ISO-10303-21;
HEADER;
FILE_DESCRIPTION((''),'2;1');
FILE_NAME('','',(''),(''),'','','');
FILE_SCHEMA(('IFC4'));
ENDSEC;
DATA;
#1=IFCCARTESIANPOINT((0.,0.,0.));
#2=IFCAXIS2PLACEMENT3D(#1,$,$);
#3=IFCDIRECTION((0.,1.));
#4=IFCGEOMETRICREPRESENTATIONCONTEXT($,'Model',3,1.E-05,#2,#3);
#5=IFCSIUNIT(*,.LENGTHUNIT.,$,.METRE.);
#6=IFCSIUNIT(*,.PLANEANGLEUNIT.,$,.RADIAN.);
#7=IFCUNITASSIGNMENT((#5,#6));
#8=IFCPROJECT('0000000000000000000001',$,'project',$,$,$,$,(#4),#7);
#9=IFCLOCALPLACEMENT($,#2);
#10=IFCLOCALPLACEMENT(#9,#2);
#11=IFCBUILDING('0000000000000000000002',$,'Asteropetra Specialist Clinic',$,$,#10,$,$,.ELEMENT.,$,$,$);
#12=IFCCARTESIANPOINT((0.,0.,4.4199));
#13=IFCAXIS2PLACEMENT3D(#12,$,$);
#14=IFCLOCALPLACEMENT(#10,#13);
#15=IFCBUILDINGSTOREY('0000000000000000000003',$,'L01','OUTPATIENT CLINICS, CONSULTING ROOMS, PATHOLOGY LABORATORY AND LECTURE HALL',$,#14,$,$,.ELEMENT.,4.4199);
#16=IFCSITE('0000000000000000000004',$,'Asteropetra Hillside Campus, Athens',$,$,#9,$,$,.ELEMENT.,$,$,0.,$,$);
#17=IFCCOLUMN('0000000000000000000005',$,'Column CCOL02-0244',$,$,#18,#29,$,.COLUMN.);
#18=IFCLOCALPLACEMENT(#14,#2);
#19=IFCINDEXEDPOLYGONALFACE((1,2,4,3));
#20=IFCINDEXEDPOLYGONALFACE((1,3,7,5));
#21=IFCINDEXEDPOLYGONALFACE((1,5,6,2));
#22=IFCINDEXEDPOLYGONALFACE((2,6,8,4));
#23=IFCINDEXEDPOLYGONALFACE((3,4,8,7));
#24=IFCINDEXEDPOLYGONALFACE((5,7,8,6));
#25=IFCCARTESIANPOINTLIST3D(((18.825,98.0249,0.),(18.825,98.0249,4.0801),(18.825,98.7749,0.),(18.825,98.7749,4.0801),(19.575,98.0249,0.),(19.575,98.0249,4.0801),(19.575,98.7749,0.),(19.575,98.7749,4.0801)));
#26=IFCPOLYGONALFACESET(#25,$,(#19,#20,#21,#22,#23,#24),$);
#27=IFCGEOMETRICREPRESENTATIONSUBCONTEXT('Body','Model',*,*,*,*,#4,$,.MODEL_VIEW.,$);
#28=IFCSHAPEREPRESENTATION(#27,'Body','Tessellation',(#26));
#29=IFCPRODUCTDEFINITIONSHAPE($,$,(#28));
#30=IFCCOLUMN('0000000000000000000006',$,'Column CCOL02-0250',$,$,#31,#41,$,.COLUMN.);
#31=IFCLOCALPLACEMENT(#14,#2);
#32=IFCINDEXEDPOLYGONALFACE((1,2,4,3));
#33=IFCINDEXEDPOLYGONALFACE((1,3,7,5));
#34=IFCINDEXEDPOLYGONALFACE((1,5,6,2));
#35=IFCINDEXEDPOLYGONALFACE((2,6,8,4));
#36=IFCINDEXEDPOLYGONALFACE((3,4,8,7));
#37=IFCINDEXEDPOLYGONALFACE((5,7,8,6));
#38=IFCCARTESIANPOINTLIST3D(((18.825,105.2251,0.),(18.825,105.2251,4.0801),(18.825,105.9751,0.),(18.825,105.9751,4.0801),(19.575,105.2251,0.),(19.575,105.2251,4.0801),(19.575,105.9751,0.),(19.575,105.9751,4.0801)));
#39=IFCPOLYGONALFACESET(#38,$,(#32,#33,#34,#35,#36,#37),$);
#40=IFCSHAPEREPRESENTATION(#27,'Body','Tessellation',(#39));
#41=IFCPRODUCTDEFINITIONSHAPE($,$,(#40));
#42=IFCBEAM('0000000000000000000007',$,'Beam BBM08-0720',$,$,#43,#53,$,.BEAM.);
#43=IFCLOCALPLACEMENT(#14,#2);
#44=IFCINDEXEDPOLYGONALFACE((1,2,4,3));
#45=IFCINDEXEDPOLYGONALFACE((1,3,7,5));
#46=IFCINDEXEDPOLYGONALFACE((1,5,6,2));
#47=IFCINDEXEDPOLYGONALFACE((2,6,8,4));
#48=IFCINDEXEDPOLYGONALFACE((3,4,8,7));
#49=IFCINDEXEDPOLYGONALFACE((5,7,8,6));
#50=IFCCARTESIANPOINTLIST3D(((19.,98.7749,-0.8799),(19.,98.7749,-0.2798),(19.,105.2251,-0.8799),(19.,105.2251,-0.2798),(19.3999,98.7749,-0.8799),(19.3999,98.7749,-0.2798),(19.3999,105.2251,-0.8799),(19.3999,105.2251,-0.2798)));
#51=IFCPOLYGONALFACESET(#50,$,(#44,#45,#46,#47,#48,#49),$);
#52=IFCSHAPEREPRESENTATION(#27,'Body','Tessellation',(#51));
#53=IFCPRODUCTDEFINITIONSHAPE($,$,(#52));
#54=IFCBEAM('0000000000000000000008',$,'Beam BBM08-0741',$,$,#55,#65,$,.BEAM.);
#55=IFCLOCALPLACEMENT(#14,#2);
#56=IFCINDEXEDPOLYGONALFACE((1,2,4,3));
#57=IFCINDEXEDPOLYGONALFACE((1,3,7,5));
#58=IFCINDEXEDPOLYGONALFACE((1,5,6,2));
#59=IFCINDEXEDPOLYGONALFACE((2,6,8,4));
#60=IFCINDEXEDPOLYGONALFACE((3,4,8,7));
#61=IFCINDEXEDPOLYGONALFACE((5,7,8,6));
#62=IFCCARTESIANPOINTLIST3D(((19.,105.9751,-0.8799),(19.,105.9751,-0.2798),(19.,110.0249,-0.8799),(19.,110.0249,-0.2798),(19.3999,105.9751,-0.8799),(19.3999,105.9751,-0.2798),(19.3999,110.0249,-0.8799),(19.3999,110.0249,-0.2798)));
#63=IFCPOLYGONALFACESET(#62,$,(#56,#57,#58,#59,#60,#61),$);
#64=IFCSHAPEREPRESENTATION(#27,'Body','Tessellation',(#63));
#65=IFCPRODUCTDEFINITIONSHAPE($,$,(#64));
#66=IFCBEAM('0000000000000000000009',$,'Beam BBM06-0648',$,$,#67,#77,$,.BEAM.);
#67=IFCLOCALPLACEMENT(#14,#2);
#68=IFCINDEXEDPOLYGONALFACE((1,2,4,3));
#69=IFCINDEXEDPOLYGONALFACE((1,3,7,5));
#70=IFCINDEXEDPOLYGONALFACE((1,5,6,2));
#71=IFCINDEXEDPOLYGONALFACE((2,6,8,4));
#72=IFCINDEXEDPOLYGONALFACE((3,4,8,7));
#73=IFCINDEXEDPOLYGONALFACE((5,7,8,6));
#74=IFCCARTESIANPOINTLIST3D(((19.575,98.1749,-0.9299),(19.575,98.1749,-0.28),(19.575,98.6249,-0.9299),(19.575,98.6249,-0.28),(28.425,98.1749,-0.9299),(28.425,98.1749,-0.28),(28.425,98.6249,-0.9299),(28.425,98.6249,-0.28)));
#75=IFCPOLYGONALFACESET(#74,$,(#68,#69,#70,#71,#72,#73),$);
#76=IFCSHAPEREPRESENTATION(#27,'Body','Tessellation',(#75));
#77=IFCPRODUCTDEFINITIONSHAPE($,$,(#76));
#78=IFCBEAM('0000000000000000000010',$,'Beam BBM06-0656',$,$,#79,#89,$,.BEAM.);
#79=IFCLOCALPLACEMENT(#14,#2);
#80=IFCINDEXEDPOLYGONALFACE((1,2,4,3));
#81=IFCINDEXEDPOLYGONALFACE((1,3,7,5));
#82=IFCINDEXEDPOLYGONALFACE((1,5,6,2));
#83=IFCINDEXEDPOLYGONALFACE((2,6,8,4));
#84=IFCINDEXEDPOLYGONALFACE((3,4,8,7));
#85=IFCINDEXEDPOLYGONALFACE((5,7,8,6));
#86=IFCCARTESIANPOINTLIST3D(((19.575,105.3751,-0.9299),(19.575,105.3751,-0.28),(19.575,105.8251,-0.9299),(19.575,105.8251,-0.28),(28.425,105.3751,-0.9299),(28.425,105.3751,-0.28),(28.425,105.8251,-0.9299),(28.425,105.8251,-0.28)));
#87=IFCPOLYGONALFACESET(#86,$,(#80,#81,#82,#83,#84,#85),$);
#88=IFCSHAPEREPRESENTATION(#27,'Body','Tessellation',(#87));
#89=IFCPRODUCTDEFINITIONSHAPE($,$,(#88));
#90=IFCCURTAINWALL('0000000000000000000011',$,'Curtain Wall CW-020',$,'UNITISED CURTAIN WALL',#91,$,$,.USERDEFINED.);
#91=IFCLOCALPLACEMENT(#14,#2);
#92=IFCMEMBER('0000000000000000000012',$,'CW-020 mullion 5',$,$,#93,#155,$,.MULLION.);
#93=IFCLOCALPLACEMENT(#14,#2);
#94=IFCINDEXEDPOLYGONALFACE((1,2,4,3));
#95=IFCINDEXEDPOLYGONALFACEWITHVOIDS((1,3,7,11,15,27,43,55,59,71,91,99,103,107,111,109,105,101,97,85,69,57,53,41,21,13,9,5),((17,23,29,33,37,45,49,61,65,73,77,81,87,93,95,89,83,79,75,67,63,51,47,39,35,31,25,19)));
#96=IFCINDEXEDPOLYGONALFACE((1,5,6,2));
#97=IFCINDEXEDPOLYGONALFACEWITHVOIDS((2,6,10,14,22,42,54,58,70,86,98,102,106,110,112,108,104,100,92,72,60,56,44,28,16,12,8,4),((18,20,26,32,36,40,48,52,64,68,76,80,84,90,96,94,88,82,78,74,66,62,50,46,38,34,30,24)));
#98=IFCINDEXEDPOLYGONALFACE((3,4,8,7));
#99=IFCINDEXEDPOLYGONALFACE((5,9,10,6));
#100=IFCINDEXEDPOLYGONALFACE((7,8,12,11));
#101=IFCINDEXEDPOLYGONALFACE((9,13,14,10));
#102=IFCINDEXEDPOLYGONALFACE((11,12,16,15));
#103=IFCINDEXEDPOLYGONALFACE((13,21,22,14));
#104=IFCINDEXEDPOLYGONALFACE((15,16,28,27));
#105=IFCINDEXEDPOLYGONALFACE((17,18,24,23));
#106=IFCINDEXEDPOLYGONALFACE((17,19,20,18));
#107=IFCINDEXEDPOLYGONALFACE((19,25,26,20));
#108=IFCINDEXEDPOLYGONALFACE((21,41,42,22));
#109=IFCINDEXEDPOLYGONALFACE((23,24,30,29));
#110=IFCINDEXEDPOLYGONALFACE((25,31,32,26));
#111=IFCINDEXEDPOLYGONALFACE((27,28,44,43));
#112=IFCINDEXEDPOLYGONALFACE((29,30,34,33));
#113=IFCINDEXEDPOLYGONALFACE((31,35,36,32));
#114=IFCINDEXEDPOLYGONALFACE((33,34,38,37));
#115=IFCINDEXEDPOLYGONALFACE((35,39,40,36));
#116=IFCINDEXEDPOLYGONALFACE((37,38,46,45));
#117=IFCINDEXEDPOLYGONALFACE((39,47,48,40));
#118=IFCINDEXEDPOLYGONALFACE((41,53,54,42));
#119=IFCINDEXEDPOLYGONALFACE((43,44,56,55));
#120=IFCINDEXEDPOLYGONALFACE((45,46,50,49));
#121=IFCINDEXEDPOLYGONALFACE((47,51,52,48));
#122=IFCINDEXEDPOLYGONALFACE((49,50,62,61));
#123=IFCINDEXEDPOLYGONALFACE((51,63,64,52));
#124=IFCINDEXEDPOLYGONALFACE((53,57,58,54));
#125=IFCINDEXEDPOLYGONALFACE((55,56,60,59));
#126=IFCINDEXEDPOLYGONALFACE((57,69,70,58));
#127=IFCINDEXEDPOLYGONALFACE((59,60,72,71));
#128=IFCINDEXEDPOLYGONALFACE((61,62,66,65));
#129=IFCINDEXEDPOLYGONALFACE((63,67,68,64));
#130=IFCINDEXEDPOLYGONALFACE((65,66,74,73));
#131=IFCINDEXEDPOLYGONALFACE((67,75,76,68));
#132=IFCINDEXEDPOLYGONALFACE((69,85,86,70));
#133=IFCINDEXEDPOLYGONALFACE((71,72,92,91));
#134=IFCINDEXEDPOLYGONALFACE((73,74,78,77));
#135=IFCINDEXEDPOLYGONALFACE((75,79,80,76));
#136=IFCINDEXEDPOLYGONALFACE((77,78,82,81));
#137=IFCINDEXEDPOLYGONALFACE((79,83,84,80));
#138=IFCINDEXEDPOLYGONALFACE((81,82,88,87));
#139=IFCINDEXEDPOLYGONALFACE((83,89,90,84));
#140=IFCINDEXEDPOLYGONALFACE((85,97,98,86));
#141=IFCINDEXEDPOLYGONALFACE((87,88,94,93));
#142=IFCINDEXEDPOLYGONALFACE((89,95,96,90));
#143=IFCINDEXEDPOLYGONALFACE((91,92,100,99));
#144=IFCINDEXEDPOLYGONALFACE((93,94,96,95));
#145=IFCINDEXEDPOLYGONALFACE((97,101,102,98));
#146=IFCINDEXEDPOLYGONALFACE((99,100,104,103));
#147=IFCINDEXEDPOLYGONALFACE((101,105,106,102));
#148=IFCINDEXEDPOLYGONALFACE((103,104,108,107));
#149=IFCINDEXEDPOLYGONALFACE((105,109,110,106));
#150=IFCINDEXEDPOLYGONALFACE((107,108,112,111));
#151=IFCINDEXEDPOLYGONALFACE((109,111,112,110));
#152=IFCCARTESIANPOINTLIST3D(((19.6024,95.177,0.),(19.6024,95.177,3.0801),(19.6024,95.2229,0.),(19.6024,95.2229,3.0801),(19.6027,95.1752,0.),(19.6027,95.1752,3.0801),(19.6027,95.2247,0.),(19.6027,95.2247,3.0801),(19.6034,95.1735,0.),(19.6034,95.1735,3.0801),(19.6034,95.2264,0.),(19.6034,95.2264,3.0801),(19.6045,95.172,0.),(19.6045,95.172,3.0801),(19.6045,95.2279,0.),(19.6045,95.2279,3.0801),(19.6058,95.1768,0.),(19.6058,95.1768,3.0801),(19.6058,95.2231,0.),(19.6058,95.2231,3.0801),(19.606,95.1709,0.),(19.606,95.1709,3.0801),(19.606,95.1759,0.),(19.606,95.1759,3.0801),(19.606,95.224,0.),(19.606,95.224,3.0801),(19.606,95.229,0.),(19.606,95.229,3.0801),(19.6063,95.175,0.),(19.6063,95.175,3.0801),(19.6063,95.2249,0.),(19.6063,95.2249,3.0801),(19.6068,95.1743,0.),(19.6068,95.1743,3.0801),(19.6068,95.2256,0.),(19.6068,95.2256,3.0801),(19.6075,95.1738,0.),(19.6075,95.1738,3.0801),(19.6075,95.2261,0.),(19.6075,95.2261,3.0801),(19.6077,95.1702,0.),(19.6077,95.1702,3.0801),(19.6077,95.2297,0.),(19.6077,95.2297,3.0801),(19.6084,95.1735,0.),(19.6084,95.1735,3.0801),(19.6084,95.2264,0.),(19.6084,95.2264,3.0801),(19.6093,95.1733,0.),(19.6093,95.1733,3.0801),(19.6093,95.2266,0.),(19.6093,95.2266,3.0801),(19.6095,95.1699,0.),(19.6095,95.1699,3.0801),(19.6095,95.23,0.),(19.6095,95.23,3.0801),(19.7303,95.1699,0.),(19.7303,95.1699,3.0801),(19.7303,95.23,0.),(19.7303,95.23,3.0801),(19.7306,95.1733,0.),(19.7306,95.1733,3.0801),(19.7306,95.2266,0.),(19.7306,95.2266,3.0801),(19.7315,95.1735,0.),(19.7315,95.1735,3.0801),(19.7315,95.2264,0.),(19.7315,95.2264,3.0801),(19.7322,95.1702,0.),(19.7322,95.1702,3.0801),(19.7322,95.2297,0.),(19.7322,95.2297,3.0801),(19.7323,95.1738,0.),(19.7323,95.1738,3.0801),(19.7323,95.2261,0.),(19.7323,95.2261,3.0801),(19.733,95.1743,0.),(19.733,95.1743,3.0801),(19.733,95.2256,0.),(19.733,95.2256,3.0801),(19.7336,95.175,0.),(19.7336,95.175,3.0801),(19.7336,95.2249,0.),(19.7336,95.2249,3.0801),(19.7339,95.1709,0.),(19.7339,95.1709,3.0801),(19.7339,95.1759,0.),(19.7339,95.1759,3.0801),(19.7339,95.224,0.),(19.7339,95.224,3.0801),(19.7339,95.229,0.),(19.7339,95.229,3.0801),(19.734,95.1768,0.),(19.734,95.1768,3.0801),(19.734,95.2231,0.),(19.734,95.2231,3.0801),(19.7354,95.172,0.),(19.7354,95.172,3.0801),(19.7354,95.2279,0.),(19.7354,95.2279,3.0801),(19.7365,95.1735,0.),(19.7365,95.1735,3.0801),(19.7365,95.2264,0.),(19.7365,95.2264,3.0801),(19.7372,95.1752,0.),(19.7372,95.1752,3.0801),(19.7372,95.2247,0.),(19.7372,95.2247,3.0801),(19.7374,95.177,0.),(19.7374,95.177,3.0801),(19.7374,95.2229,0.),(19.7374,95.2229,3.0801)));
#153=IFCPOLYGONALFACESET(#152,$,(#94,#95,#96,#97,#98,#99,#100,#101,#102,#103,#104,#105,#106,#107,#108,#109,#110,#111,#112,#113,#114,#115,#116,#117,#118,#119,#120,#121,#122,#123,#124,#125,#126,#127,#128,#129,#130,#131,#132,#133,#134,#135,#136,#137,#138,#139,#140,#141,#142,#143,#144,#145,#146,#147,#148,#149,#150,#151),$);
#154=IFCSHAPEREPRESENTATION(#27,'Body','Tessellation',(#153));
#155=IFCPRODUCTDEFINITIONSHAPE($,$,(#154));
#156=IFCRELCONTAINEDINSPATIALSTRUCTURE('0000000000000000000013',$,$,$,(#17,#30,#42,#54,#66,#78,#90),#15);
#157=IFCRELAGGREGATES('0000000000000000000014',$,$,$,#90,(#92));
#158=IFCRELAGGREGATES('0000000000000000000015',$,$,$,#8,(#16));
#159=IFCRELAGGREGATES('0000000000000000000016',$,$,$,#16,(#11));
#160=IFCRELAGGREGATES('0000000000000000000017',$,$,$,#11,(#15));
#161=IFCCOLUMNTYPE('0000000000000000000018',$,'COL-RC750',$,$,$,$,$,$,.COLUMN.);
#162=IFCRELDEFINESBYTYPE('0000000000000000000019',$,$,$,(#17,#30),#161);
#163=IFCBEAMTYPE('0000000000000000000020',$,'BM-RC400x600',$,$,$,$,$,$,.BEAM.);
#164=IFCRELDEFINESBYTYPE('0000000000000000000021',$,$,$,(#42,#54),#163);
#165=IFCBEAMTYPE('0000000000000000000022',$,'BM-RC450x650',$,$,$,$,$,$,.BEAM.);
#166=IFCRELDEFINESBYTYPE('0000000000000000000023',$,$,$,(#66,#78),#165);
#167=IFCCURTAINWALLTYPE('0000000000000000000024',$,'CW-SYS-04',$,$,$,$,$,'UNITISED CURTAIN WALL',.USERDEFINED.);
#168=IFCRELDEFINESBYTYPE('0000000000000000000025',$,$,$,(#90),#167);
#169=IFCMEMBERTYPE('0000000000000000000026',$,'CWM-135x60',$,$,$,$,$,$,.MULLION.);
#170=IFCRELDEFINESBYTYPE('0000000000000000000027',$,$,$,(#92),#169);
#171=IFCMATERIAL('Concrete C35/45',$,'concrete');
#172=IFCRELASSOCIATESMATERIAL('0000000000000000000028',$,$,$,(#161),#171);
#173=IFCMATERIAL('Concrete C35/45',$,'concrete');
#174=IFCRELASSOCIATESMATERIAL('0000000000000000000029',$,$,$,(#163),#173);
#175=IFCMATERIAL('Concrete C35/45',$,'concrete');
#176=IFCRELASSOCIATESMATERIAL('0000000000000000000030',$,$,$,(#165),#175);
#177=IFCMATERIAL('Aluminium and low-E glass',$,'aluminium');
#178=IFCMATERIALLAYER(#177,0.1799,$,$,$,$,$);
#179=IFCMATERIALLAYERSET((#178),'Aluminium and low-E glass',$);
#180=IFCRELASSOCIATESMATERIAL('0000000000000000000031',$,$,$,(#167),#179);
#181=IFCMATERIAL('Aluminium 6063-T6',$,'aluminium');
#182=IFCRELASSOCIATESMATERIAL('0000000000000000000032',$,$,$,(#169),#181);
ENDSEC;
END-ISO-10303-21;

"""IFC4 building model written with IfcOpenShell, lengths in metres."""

from ifc_helpers import new_model, si_unit, direction, frame, origin, origin_2d, place, context, subcontext, project, spatial, rectangle, hollow_rectangle, extrude, material, layer, layer_set, material_profile, profile_set, type_object, element, aggregate, save


model = new_model("IFC4")

# Units and contexts
model_context = context("Model", 3, precision=1e-05, world=origin(), true_north=direction((0.0, 1.0)))
body_context = subcontext(model_context, "Body", "Model", "MODEL_VIEW")
ifc_project = project(units=[si_unit("LENGTHUNIT", "METRE"), si_unit("PLANEANGLEUNIT", "RADIAN")], contexts=[model_context])

# Site, building, storey
site_placement = place(None, origin())
site = spatial("IfcSite", under=ifc_project, at=site_placement, Name="Asteropetra Hillside Campus, Athens", CompositionType="ELEMENT", RefElevation=0.0)
building_placement = place(site_placement, origin())
building = spatial("IfcBuilding", under=site, at=building_placement, Name="Asteropetra Specialist Clinic", CompositionType="ELEMENT")
storey_placement = place(building_placement, frame((0.0, 0.0, 4.4199)))
storey = spatial("IfcBuildingStorey", under=building, at=storey_placement, Name="L01", Description="OUTPATIENT CLINICS, CONSULTING ROOMS, PATHOLOGY LABORATORY AND LECTURE HALL", CompositionType="ELEMENT", Elevation=4.4199)

# Columns
ifc_material_1 = material(Name="Concrete C35/45", Category="concrete")
ifc_material_profile_1 = material_profile(ifc_material_1, rectangle(XDim=0.75, YDim=0.75, at=origin_2d()), Name="RC 750x750")
ifc_profile_set_1 = profile_set([ifc_material_profile_1], Name="Concrete C35/45")
column_type = type_object("IfcColumnType", Name="COL-RC750", PredefinedType="COLUMN", material=ifc_profile_set_1)
for number, where, z_axis, x_axis, name in (
    (1, (19.2, 98.3999, 0.0), (0.0, 0.0, 1.0), (1.0, 0.0, 0.0), "Column CCOL02-0244"),
    (2, (19.2, 105.6001, 0.0), (0.0, 0.0, 1.0), (1.0, 0.0, 0.0), "Column CCOL02-0250"),
):
    element("IfcColumn", number, at=place(storey_placement, frame(where, z_axis=z_axis, x_axis=x_axis)), inside=storey, type_object=column_type, Name=name, PredefinedType="COLUMN", context=body_context, shape_type="SweptSolid", body=[
        extrude(rectangle(XDim=0.75, YDim=0.75, at=origin_2d()), origin(), (0.0, 0.0, 1.0), 4.0801),
    ])

# Beams
ifc_material_2 = material(Name="Concrete C35/45", Category="concrete")
ifc_material_profile_2 = material_profile(ifc_material_2, rectangle(XDim=0.3999, YDim=0.6001, at=origin_2d()), Name="RCB 400x600")
ifc_profile_set_2 = profile_set([ifc_material_profile_2], Name="Concrete C35/45")
beam_type_1 = type_object("IfcBeamType", Name="BM-RC400x600", PredefinedType="BEAM", material=ifc_profile_set_2)
beam_1_placement = place(storey_placement, frame((19.2, 98.7749, -0.5798), z_axis=(0.0, 1.0, 0.0), x_axis=(-1.0, 0.0, 0.0)))
element("IfcBeam", 3, at=beam_1_placement, inside=storey, type_object=beam_type_1, Name="Beam BBM08-0720", PredefinedType="BEAM", context=body_context, shape_type="SweptSolid", body=[
    extrude(rectangle(XDim=0.3999, YDim=0.6001, at=origin_2d()), origin(), (0.0, 0.0, 1.0), 6.4502),
])
beam_2_placement = place(storey_placement, frame((19.2, 105.9751, -0.5798), z_axis=(0.0, 1.0, 0.0), x_axis=(-1.0, 0.0, 0.0)))
element("IfcBeam", 4, at=beam_2_placement, inside=storey, type_object=beam_type_1, Name="Beam BBM08-0741", PredefinedType="BEAM", context=body_context, shape_type="SweptSolid", body=[
    extrude(rectangle(XDim=0.3999, YDim=0.6001, at=origin_2d()), origin(), (0.0, 0.0, 1.0), 4.0498),
])
ifc_material_3 = material(Name="Concrete C35/45", Category="concrete")
ifc_material_profile_3 = material_profile(ifc_material_3, rectangle(XDim=0.45, YDim=0.6499, at=origin_2d()), Name="RCB 450x650")
ifc_profile_set_3 = profile_set([ifc_material_profile_3], Name="Concrete C35/45")
beam_type_2 = type_object("IfcBeamType", Name="BM-RC450x650", PredefinedType="BEAM", material=ifc_profile_set_3)
for number, where, z_axis, x_axis, name in (
    (5, (19.575, 98.3999, -0.605), (1.0, 0.0, 0.0), (0.0, 1.0, 0.0), "Beam BBM06-0648"),
    (6, (19.575, 105.6001, -0.605), (1.0, 0.0, 0.0), (0.0, 1.0, 0.0), "Beam BBM06-0656"),
):
    element("IfcBeam", number, at=place(storey_placement, frame(where, z_axis=z_axis, x_axis=x_axis)), inside=storey, type_object=beam_type_2, Name=name, PredefinedType="BEAM", context=body_context, shape_type="SweptSolid", body=[
        extrude(rectangle(XDim=0.45, YDim=0.6499, at=origin_2d()), origin(), (0.0, 0.0, 1.0), 8.8501),
    ])

# Curtain wall, member
ifc_material_4 = material(Name="Aluminium and low-E glass", Category="aluminium")
ifc_layer_1 = layer(ifc_material_4, 0.1799)
ifc_layer_set_1 = layer_set([ifc_layer_1], Name="Aluminium and low-E glass")
curtain_wall_type_1 = type_object("IfcCurtainWallType", Name="CW-SYS-04", ElementType="UNITISED CURTAIN WALL", PredefinedType="USERDEFINED", material=ifc_layer_set_1)
curtain_wall_1_placement = place(storey_placement, origin())
curtain_wall_1 = element("IfcCurtainWall", 7, at=curtain_wall_1_placement, inside=storey, type_object=curtain_wall_type_1, Name="Curtain Wall CW-020", ObjectType="UNITISED CURTAIN WALL", PredefinedType="USERDEFINED")
ifc_material_5 = material(Name="Aluminium 6063-T6", Category="aluminium")
ifc_material_profile_4 = material_profile(ifc_material_5, hollow_rectangle(XDim=0.0601, YDim=0.135, WallThickness=0.0034, InnerFilletRadius=0.0034, OuterFilletRadius=0.0071, at=origin_2d()), Name="MUL 135x60x3.5")
ifc_profile_set_4 = profile_set([ifc_material_profile_4], Name="Aluminium 6063-T6")
member_type_1 = type_object("IfcMemberType", Name="CWM-135x60", PredefinedType="MULLION", material=ifc_profile_set_4)
member_1_placement = place(storey_placement, frame((19.6699, 95.2, 0.0), z_axis=(0.0, 0.0, 1.0), x_axis=(0.0, -1.0, 0.0)))
member_1 = element("IfcMember", 8, at=member_1_placement, type_object=member_type_1, Name="CW-020 mullion 5", PredefinedType="MULLION", context=body_context, shape_type="SweptSolid", body=[
    extrude(hollow_rectangle(XDim=0.0601, YDim=0.135, WallThickness=0.0034, InnerFilletRadius=0.0034, OuterFilletRadius=0.0071, at=origin_2d()), origin(), (0.0, 0.0, 1.0), 3.0801),
])

aggregate(curtain_wall_1, [member_1])

save(model, "model.ifc")
